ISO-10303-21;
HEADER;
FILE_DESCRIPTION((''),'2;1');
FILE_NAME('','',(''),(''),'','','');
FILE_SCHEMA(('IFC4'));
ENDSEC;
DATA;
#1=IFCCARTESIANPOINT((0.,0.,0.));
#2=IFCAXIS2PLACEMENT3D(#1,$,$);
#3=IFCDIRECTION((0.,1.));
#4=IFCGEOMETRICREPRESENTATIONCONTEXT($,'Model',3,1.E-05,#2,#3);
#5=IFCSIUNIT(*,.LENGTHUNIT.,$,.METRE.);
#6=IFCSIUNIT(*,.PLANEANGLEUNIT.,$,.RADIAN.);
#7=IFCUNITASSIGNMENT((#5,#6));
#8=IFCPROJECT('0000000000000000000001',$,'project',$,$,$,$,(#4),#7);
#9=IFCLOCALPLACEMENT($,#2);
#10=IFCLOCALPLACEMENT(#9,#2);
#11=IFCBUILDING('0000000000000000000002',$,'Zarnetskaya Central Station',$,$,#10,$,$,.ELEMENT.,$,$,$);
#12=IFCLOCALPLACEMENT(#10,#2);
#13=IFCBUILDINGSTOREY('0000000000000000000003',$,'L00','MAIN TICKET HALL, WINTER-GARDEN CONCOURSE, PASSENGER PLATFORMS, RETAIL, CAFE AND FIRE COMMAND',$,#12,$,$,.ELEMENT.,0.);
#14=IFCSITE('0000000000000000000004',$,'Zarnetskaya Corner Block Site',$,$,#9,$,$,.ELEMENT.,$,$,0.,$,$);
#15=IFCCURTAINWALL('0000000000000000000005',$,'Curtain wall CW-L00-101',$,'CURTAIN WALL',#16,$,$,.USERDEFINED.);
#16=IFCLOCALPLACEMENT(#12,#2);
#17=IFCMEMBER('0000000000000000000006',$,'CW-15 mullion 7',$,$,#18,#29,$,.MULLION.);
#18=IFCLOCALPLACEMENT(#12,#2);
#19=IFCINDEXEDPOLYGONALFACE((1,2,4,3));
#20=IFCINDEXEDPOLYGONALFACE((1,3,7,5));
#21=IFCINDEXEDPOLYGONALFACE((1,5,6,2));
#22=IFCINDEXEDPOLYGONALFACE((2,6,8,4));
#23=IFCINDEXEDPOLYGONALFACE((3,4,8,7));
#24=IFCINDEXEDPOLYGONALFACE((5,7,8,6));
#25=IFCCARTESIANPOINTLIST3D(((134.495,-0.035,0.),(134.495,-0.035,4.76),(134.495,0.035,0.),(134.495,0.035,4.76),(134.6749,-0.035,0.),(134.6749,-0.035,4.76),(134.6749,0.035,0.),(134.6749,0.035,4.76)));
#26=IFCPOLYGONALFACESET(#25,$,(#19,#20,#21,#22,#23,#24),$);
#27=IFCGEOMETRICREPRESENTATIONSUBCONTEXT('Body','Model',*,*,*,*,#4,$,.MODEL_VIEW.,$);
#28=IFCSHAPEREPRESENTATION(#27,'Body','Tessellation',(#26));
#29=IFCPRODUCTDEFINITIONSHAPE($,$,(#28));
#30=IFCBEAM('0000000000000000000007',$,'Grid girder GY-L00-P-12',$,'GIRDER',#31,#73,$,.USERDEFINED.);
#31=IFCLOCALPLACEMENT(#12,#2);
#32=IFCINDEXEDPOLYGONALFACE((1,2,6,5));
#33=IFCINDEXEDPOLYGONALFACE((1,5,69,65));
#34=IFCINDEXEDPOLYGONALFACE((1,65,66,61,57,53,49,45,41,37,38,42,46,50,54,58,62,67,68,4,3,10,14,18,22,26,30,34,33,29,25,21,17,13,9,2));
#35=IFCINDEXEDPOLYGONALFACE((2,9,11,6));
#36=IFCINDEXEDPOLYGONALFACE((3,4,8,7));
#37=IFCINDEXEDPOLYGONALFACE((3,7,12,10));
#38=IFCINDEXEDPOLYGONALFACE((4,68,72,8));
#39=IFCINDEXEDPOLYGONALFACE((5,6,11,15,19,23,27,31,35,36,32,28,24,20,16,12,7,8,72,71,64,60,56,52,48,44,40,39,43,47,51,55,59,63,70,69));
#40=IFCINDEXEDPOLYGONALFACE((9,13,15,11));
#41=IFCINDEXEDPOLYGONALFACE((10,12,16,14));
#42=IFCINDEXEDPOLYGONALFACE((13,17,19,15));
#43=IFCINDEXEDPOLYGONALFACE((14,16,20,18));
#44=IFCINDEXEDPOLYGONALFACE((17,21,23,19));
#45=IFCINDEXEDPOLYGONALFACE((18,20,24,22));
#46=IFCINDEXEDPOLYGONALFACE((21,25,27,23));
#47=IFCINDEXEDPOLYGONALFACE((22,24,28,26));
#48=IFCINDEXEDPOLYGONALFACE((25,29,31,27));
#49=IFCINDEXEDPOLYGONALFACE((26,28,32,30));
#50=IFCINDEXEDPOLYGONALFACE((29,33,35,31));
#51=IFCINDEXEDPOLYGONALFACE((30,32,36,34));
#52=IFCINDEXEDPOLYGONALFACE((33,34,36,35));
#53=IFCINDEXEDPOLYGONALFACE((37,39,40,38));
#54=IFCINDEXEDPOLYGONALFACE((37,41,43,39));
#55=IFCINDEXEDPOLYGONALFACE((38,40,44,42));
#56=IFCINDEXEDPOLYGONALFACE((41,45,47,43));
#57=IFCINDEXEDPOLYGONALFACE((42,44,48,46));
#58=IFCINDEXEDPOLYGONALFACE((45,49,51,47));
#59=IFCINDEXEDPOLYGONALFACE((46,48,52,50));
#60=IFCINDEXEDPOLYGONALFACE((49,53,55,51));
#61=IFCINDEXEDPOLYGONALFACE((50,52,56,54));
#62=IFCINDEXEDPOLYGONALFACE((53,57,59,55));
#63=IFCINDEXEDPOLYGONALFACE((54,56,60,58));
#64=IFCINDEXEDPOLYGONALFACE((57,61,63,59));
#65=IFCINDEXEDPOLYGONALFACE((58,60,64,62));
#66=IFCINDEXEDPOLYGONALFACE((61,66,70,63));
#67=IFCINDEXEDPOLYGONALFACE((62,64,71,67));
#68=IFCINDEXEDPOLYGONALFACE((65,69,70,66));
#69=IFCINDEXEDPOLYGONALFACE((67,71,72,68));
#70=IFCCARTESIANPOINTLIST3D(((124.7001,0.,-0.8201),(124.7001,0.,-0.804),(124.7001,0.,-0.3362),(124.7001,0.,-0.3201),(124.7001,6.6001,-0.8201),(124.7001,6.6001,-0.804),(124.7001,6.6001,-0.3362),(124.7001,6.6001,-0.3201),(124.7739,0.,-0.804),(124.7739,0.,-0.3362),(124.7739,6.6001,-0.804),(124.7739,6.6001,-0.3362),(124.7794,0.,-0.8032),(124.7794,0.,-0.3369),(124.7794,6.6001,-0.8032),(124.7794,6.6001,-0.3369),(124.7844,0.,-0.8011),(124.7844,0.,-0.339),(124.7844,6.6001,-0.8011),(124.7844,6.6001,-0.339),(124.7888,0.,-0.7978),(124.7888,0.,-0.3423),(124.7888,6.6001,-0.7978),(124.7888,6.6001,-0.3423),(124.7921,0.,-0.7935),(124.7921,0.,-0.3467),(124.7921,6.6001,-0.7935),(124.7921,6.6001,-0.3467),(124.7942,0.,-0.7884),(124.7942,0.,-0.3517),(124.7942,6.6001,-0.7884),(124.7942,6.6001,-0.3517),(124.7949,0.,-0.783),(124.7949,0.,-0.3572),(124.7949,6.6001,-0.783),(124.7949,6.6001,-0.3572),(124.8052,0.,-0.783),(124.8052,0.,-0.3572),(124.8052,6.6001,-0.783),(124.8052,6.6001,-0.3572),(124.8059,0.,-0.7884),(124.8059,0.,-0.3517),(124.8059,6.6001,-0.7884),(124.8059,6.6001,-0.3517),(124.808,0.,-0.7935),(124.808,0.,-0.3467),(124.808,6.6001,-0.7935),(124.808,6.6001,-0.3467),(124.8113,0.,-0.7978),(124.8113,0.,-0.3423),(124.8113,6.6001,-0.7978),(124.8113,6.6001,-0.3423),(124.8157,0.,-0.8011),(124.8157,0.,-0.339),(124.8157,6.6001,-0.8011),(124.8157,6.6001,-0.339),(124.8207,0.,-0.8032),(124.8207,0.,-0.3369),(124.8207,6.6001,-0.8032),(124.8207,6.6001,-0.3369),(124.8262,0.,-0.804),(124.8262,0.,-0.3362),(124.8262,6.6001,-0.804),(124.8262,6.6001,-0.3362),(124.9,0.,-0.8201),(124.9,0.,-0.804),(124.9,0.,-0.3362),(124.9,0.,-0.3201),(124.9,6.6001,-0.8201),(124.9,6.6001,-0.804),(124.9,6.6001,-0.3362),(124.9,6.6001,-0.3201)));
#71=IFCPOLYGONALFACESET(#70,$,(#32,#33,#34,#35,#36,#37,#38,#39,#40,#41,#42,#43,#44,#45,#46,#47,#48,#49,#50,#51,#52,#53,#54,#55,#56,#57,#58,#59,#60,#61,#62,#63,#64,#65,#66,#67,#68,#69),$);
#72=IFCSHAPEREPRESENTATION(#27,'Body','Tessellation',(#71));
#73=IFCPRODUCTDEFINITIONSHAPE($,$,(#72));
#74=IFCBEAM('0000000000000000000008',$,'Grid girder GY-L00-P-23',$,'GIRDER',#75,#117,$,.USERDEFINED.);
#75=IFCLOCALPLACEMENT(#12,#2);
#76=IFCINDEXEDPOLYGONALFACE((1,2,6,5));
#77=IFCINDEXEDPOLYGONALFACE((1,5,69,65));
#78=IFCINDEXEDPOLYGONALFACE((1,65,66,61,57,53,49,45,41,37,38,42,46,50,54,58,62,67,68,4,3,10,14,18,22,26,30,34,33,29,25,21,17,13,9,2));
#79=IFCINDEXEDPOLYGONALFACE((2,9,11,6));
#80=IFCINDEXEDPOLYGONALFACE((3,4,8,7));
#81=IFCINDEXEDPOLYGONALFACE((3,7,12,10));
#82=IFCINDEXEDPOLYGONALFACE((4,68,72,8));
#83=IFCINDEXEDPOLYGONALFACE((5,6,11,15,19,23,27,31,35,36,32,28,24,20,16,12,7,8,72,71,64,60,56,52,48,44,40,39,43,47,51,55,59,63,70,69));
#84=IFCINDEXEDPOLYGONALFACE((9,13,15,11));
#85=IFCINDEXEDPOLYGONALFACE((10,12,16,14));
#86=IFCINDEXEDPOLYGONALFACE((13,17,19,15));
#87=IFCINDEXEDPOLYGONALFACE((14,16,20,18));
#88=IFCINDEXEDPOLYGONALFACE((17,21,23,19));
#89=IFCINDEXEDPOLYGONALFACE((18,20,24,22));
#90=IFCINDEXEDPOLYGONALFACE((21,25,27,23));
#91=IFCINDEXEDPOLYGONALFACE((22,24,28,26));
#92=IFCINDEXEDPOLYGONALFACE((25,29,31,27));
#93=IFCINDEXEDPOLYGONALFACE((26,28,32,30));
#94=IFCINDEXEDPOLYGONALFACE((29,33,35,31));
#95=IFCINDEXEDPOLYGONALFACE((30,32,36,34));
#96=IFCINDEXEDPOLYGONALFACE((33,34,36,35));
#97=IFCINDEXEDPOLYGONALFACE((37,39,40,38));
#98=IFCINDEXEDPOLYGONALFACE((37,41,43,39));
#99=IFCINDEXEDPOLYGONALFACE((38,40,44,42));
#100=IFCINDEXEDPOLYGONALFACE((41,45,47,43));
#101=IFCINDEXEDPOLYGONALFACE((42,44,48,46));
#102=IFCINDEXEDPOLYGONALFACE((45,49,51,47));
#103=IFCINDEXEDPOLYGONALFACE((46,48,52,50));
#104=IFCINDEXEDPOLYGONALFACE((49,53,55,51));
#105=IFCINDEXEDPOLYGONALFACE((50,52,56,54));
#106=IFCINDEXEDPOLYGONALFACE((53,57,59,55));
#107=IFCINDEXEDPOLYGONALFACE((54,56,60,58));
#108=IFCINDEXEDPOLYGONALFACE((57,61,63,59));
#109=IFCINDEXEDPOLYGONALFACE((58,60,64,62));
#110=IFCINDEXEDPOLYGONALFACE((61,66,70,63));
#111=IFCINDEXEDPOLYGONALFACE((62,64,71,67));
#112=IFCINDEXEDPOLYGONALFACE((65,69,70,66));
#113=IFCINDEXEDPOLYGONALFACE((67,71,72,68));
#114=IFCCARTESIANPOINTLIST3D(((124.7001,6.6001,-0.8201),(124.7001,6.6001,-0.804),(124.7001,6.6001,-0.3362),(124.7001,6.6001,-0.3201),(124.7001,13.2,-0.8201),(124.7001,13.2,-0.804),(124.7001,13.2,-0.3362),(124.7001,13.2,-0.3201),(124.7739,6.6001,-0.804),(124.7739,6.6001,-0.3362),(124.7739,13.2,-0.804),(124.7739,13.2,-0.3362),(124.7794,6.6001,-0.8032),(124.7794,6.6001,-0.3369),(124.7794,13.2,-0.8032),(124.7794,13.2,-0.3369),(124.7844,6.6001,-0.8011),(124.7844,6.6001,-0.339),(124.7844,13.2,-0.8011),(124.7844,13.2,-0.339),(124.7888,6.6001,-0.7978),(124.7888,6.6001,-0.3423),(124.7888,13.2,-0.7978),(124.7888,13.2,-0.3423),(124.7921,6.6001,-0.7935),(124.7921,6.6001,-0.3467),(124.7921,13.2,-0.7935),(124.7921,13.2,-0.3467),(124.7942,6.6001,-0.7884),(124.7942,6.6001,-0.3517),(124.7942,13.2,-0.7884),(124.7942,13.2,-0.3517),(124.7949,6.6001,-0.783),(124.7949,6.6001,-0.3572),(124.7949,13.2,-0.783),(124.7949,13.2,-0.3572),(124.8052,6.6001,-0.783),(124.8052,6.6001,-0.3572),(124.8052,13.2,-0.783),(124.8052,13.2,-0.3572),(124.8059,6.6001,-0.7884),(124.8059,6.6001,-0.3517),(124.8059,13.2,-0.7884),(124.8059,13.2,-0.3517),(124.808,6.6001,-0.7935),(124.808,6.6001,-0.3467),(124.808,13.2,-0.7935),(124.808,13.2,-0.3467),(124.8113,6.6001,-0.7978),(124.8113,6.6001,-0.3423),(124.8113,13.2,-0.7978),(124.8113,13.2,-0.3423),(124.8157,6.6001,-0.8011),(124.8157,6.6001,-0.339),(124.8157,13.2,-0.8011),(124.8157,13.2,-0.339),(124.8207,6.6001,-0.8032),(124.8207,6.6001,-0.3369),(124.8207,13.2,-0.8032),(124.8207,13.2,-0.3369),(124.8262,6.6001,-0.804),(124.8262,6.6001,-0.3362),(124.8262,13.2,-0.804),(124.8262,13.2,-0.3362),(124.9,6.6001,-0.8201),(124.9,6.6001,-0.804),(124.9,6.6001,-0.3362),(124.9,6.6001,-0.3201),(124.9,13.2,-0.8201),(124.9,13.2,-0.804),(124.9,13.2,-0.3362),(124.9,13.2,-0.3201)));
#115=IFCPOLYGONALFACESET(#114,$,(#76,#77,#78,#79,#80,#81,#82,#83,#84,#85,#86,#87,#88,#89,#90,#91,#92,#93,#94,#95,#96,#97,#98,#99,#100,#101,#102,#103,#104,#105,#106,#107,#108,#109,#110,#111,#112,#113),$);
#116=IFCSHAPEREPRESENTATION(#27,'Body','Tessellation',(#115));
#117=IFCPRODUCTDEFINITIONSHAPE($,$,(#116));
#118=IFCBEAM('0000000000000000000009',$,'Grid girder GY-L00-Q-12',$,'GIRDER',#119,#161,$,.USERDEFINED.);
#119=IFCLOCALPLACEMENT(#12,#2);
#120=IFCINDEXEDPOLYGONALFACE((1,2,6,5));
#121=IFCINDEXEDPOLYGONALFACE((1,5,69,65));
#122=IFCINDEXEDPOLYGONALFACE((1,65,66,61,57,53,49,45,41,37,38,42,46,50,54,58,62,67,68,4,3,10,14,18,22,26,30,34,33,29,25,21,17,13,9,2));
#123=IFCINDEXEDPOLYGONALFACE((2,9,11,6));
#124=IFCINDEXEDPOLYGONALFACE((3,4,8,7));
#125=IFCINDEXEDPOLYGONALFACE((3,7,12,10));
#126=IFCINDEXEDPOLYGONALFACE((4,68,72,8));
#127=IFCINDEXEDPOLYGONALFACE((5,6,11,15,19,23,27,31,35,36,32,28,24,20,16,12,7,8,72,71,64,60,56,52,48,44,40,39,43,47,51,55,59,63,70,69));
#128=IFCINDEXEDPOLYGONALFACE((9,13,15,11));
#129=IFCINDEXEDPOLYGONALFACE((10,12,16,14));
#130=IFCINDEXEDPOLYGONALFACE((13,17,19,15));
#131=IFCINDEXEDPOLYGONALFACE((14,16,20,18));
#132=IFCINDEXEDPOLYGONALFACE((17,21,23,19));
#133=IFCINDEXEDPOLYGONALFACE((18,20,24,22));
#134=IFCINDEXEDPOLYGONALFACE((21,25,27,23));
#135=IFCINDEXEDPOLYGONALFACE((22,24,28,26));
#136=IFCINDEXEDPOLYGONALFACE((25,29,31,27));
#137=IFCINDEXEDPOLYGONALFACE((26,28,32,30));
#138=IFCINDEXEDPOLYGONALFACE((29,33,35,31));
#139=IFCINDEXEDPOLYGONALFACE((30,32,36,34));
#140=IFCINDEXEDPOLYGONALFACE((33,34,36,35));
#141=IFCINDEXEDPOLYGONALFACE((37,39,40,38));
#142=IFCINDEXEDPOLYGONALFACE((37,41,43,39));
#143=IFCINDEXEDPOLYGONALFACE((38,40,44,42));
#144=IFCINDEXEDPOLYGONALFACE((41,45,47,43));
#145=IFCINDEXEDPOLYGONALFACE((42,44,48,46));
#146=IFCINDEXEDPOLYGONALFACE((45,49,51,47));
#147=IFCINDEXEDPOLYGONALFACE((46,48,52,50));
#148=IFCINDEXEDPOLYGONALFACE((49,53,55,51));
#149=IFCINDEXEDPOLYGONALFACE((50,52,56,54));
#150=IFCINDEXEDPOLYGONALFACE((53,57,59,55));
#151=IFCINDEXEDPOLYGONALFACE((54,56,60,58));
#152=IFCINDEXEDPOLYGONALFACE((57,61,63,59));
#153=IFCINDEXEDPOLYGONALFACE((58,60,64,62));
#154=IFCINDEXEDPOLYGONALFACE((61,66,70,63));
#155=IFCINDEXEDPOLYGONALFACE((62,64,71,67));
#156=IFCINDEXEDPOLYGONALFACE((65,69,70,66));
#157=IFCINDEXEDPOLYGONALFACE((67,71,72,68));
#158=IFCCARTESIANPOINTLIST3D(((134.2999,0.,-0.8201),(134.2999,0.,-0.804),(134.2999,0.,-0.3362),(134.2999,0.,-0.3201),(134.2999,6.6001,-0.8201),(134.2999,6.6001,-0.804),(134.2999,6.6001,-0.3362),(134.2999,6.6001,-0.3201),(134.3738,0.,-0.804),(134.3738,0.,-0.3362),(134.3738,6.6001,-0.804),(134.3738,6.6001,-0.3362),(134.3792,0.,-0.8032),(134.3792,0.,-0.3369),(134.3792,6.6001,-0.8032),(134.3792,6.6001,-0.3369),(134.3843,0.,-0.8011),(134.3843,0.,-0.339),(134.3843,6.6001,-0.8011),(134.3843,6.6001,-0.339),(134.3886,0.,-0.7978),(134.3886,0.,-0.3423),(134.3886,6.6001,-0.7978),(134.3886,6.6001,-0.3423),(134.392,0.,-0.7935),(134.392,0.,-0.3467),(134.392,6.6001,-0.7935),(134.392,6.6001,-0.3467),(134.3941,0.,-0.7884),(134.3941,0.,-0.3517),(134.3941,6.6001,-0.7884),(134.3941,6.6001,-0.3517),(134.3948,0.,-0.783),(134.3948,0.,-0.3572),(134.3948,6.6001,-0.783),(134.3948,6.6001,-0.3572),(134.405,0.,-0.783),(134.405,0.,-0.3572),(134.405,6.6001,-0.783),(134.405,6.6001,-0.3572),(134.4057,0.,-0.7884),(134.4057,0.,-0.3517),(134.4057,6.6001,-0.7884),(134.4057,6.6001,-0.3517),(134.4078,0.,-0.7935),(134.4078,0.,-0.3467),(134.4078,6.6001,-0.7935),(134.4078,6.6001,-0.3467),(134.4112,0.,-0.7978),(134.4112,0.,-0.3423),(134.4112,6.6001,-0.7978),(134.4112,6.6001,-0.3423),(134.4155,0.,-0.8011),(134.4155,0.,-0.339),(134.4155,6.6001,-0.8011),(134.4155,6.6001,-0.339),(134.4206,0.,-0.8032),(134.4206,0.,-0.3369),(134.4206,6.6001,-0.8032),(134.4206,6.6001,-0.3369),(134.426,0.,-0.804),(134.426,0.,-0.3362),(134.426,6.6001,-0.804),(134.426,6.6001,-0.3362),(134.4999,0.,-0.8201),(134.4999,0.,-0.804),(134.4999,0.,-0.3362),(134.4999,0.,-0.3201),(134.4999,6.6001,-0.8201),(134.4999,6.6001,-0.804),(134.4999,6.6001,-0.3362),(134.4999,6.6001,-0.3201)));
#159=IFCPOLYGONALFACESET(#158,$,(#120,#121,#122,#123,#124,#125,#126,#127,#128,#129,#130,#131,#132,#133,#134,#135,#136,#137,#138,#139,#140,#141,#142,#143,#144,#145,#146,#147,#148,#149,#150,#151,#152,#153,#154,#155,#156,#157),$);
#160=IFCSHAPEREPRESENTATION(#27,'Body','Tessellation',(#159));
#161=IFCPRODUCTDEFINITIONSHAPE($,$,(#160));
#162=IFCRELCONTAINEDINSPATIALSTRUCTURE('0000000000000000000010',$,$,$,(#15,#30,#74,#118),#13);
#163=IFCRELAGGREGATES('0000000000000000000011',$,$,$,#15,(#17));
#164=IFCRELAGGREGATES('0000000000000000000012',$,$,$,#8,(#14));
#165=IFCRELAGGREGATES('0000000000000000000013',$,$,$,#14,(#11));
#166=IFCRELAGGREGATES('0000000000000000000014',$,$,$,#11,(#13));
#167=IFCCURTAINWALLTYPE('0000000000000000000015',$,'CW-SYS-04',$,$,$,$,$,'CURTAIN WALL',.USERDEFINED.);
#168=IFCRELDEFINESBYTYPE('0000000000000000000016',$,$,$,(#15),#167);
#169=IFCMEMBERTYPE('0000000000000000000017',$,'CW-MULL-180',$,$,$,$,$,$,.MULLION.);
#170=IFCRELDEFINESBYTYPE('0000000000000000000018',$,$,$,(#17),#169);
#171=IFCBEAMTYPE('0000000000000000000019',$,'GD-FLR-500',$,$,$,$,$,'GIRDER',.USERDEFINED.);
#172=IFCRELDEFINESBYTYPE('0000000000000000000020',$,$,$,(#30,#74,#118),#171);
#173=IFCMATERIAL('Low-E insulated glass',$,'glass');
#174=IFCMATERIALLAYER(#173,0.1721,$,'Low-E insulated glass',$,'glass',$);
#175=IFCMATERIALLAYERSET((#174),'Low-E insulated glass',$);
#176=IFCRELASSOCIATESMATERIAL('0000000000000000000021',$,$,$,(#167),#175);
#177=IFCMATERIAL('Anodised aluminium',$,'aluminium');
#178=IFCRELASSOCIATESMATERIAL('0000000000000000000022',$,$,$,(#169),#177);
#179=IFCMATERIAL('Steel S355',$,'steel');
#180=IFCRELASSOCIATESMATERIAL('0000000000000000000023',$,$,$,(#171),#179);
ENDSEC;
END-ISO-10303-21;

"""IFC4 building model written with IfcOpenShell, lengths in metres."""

from ifc_helpers import new_model, si_unit, direction, frame, origin, origin_2d, place, context, subcontext, project, spatial, rectangle, i_section, extrude, material, layer, layer_set, material_profile, profile_set, type_object, element, aggregate, save


model = new_model("IFC4")

# Units and contexts
model_context = context("Model", 3, precision=1e-05, world=origin(), true_north=direction((0.0, 1.0)))
body_context = subcontext(model_context, "Body", "Model", "MODEL_VIEW")
ifc_project = project(units=[si_unit("LENGTHUNIT", "METRE"), si_unit("PLANEANGLEUNIT", "RADIAN")], contexts=[model_context])

# Site, building, storey
site_placement = place(None, origin())
site = spatial("IfcSite", under=ifc_project, at=site_placement, Name="Zarnetskaya Corner Block Site", CompositionType="ELEMENT", RefElevation=0.0)
building_placement = place(site_placement, origin())
building = spatial("IfcBuilding", under=site, at=building_placement, Name="Zarnetskaya Central Station", CompositionType="ELEMENT")
storey_placement = place(building_placement, origin())
storey = spatial("IfcBuildingStorey", under=building, at=storey_placement, Name="L00", Description="MAIN TICKET HALL, WINTER-GARDEN CONCOURSE, PASSENGER PLATFORMS, RETAIL, CAFE AND FIRE COMMAND", CompositionType="ELEMENT", Elevation=0.0)

# Shared definitions
ifc_material_1 = material(Name="Steel S355", Category="steel")

# Curtain wall, member
ifc_material_2 = material(Name="Low-E insulated glass", Category="glass")
ifc_layer_1 = layer(ifc_material_2, 0.1721, Name="Low-E insulated glass", Category="glass")
ifc_layer_set_1 = layer_set([ifc_layer_1], Name="Low-E insulated glass")
curtain_wall_type = type_object("IfcCurtainWallType", Name="CW-SYS-04", ElementType="CURTAIN WALL", PredefinedType="USERDEFINED", material=ifc_layer_set_1)
curtain_wall_placement = place(storey_placement, origin())
curtain_wall = element("IfcCurtainWall", 1, at=curtain_wall_placement, inside=storey, type_object=curtain_wall_type, Name="Curtain wall CW-L00-101", ObjectType="CURTAIN WALL", PredefinedType="USERDEFINED")
ifc_material_3 = material(Name="Anodised aluminium", Category="aluminium")
ifc_material_profile_1 = material_profile(ifc_material_3, rectangle(XDim=0.0701, YDim=0.1799, at=origin_2d()), Name="ALU MULL 70x180")
ifc_profile_set_1 = profile_set([ifc_material_profile_1], Name="Anodised aluminium")
member_type_1 = type_object("IfcMemberType", Name="CW-MULL-180", PredefinedType="MULLION", material=ifc_profile_set_1)
member_1_placement = place(storey_placement, frame((134.585, 0.0, 0.0), z_axis=(0.0, 0.0, 1.0), x_axis=(0.0, -1.0, 0.0)))
member_1 = element("IfcMember", 2, at=member_1_placement, type_object=member_type_1, Name="CW-15 mullion 7", PredefinedType="MULLION", context=body_context, shape_type="SweptSolid", body=[
    extrude(rectangle(XDim=0.0701, YDim=0.1799, at=origin_2d()), origin(), (0.0, 0.0, 1.0), 4.76),
])
aggregate(curtain_wall, [member_1])

# Beams
ifc_material_profile_2 = material_profile(ifc_material_1, i_section(OverallWidth=0.2, OverallDepth=0.5, WebThickness=0.0103, FlangeThickness=0.0161, FilletRadius=0.021, at=origin_2d()), Name="IPE 500")
ifc_profile_set_2 = profile_set([ifc_material_profile_2], Name="Steel S355")
beam_type_1 = type_object("IfcBeamType", Name="GD-FLR-500", ElementType="GIRDER", PredefinedType="USERDEFINED", material=ifc_profile_set_2)
beam_1_placement = place(storey_placement, frame((124.8, 0.0, -0.5701), z_axis=(0.0, 1.0, 0.0), x_axis=(-1.0, 0.0, 0.0)))
element("IfcBeam", 3, at=beam_1_placement, inside=storey, type_object=beam_type_1, Name="Grid girder GY-L00-P-12", ObjectType="GIRDER", PredefinedType="USERDEFINED", context=body_context, shape_type="SweptSolid", body=[
    extrude(i_section(OverallWidth=0.2, OverallDepth=0.5, WebThickness=0.0103, FlangeThickness=0.0161, FilletRadius=0.021, at=origin_2d()), origin(), (0.0, 0.0, 1.0), 6.6001),
])
beam_2_placement = place(storey_placement, frame((124.8, 6.6001, -0.5701), z_axis=(0.0, 1.0, 0.0), x_axis=(-1.0, 0.0, 0.0)))
element("IfcBeam", 4, at=beam_2_placement, inside=storey, type_object=beam_type_1, Name="Grid girder GY-L00-P-23", ObjectType="GIRDER", PredefinedType="USERDEFINED", context=body_context, shape_type="SweptSolid", body=[
    extrude(i_section(OverallWidth=0.2, OverallDepth=0.5, WebThickness=0.0103, FlangeThickness=0.0161, FilletRadius=0.021, at=origin_2d()), origin(), (0.0, 0.0, 1.0), 6.5999),
])
beam_3_placement = place(storey_placement, frame((134.3999, 0.0, -0.5701), z_axis=(0.0, 1.0, 0.0), x_axis=(-1.0, 0.0, 0.0)))
element("IfcBeam", 5, at=beam_3_placement, inside=storey, type_object=beam_type_1, Name="Grid girder GY-L00-Q-12", ObjectType="GIRDER", PredefinedType="USERDEFINED", context=body_context, shape_type="SweptSolid", body=[
    extrude(i_section(OverallWidth=0.2, OverallDepth=0.5, WebThickness=0.0103, FlangeThickness=0.0161, FilletRadius=0.021, at=origin_2d()), origin(), (0.0, 0.0, 1.0), 6.6001),
])

save(model, "model.ifc")
